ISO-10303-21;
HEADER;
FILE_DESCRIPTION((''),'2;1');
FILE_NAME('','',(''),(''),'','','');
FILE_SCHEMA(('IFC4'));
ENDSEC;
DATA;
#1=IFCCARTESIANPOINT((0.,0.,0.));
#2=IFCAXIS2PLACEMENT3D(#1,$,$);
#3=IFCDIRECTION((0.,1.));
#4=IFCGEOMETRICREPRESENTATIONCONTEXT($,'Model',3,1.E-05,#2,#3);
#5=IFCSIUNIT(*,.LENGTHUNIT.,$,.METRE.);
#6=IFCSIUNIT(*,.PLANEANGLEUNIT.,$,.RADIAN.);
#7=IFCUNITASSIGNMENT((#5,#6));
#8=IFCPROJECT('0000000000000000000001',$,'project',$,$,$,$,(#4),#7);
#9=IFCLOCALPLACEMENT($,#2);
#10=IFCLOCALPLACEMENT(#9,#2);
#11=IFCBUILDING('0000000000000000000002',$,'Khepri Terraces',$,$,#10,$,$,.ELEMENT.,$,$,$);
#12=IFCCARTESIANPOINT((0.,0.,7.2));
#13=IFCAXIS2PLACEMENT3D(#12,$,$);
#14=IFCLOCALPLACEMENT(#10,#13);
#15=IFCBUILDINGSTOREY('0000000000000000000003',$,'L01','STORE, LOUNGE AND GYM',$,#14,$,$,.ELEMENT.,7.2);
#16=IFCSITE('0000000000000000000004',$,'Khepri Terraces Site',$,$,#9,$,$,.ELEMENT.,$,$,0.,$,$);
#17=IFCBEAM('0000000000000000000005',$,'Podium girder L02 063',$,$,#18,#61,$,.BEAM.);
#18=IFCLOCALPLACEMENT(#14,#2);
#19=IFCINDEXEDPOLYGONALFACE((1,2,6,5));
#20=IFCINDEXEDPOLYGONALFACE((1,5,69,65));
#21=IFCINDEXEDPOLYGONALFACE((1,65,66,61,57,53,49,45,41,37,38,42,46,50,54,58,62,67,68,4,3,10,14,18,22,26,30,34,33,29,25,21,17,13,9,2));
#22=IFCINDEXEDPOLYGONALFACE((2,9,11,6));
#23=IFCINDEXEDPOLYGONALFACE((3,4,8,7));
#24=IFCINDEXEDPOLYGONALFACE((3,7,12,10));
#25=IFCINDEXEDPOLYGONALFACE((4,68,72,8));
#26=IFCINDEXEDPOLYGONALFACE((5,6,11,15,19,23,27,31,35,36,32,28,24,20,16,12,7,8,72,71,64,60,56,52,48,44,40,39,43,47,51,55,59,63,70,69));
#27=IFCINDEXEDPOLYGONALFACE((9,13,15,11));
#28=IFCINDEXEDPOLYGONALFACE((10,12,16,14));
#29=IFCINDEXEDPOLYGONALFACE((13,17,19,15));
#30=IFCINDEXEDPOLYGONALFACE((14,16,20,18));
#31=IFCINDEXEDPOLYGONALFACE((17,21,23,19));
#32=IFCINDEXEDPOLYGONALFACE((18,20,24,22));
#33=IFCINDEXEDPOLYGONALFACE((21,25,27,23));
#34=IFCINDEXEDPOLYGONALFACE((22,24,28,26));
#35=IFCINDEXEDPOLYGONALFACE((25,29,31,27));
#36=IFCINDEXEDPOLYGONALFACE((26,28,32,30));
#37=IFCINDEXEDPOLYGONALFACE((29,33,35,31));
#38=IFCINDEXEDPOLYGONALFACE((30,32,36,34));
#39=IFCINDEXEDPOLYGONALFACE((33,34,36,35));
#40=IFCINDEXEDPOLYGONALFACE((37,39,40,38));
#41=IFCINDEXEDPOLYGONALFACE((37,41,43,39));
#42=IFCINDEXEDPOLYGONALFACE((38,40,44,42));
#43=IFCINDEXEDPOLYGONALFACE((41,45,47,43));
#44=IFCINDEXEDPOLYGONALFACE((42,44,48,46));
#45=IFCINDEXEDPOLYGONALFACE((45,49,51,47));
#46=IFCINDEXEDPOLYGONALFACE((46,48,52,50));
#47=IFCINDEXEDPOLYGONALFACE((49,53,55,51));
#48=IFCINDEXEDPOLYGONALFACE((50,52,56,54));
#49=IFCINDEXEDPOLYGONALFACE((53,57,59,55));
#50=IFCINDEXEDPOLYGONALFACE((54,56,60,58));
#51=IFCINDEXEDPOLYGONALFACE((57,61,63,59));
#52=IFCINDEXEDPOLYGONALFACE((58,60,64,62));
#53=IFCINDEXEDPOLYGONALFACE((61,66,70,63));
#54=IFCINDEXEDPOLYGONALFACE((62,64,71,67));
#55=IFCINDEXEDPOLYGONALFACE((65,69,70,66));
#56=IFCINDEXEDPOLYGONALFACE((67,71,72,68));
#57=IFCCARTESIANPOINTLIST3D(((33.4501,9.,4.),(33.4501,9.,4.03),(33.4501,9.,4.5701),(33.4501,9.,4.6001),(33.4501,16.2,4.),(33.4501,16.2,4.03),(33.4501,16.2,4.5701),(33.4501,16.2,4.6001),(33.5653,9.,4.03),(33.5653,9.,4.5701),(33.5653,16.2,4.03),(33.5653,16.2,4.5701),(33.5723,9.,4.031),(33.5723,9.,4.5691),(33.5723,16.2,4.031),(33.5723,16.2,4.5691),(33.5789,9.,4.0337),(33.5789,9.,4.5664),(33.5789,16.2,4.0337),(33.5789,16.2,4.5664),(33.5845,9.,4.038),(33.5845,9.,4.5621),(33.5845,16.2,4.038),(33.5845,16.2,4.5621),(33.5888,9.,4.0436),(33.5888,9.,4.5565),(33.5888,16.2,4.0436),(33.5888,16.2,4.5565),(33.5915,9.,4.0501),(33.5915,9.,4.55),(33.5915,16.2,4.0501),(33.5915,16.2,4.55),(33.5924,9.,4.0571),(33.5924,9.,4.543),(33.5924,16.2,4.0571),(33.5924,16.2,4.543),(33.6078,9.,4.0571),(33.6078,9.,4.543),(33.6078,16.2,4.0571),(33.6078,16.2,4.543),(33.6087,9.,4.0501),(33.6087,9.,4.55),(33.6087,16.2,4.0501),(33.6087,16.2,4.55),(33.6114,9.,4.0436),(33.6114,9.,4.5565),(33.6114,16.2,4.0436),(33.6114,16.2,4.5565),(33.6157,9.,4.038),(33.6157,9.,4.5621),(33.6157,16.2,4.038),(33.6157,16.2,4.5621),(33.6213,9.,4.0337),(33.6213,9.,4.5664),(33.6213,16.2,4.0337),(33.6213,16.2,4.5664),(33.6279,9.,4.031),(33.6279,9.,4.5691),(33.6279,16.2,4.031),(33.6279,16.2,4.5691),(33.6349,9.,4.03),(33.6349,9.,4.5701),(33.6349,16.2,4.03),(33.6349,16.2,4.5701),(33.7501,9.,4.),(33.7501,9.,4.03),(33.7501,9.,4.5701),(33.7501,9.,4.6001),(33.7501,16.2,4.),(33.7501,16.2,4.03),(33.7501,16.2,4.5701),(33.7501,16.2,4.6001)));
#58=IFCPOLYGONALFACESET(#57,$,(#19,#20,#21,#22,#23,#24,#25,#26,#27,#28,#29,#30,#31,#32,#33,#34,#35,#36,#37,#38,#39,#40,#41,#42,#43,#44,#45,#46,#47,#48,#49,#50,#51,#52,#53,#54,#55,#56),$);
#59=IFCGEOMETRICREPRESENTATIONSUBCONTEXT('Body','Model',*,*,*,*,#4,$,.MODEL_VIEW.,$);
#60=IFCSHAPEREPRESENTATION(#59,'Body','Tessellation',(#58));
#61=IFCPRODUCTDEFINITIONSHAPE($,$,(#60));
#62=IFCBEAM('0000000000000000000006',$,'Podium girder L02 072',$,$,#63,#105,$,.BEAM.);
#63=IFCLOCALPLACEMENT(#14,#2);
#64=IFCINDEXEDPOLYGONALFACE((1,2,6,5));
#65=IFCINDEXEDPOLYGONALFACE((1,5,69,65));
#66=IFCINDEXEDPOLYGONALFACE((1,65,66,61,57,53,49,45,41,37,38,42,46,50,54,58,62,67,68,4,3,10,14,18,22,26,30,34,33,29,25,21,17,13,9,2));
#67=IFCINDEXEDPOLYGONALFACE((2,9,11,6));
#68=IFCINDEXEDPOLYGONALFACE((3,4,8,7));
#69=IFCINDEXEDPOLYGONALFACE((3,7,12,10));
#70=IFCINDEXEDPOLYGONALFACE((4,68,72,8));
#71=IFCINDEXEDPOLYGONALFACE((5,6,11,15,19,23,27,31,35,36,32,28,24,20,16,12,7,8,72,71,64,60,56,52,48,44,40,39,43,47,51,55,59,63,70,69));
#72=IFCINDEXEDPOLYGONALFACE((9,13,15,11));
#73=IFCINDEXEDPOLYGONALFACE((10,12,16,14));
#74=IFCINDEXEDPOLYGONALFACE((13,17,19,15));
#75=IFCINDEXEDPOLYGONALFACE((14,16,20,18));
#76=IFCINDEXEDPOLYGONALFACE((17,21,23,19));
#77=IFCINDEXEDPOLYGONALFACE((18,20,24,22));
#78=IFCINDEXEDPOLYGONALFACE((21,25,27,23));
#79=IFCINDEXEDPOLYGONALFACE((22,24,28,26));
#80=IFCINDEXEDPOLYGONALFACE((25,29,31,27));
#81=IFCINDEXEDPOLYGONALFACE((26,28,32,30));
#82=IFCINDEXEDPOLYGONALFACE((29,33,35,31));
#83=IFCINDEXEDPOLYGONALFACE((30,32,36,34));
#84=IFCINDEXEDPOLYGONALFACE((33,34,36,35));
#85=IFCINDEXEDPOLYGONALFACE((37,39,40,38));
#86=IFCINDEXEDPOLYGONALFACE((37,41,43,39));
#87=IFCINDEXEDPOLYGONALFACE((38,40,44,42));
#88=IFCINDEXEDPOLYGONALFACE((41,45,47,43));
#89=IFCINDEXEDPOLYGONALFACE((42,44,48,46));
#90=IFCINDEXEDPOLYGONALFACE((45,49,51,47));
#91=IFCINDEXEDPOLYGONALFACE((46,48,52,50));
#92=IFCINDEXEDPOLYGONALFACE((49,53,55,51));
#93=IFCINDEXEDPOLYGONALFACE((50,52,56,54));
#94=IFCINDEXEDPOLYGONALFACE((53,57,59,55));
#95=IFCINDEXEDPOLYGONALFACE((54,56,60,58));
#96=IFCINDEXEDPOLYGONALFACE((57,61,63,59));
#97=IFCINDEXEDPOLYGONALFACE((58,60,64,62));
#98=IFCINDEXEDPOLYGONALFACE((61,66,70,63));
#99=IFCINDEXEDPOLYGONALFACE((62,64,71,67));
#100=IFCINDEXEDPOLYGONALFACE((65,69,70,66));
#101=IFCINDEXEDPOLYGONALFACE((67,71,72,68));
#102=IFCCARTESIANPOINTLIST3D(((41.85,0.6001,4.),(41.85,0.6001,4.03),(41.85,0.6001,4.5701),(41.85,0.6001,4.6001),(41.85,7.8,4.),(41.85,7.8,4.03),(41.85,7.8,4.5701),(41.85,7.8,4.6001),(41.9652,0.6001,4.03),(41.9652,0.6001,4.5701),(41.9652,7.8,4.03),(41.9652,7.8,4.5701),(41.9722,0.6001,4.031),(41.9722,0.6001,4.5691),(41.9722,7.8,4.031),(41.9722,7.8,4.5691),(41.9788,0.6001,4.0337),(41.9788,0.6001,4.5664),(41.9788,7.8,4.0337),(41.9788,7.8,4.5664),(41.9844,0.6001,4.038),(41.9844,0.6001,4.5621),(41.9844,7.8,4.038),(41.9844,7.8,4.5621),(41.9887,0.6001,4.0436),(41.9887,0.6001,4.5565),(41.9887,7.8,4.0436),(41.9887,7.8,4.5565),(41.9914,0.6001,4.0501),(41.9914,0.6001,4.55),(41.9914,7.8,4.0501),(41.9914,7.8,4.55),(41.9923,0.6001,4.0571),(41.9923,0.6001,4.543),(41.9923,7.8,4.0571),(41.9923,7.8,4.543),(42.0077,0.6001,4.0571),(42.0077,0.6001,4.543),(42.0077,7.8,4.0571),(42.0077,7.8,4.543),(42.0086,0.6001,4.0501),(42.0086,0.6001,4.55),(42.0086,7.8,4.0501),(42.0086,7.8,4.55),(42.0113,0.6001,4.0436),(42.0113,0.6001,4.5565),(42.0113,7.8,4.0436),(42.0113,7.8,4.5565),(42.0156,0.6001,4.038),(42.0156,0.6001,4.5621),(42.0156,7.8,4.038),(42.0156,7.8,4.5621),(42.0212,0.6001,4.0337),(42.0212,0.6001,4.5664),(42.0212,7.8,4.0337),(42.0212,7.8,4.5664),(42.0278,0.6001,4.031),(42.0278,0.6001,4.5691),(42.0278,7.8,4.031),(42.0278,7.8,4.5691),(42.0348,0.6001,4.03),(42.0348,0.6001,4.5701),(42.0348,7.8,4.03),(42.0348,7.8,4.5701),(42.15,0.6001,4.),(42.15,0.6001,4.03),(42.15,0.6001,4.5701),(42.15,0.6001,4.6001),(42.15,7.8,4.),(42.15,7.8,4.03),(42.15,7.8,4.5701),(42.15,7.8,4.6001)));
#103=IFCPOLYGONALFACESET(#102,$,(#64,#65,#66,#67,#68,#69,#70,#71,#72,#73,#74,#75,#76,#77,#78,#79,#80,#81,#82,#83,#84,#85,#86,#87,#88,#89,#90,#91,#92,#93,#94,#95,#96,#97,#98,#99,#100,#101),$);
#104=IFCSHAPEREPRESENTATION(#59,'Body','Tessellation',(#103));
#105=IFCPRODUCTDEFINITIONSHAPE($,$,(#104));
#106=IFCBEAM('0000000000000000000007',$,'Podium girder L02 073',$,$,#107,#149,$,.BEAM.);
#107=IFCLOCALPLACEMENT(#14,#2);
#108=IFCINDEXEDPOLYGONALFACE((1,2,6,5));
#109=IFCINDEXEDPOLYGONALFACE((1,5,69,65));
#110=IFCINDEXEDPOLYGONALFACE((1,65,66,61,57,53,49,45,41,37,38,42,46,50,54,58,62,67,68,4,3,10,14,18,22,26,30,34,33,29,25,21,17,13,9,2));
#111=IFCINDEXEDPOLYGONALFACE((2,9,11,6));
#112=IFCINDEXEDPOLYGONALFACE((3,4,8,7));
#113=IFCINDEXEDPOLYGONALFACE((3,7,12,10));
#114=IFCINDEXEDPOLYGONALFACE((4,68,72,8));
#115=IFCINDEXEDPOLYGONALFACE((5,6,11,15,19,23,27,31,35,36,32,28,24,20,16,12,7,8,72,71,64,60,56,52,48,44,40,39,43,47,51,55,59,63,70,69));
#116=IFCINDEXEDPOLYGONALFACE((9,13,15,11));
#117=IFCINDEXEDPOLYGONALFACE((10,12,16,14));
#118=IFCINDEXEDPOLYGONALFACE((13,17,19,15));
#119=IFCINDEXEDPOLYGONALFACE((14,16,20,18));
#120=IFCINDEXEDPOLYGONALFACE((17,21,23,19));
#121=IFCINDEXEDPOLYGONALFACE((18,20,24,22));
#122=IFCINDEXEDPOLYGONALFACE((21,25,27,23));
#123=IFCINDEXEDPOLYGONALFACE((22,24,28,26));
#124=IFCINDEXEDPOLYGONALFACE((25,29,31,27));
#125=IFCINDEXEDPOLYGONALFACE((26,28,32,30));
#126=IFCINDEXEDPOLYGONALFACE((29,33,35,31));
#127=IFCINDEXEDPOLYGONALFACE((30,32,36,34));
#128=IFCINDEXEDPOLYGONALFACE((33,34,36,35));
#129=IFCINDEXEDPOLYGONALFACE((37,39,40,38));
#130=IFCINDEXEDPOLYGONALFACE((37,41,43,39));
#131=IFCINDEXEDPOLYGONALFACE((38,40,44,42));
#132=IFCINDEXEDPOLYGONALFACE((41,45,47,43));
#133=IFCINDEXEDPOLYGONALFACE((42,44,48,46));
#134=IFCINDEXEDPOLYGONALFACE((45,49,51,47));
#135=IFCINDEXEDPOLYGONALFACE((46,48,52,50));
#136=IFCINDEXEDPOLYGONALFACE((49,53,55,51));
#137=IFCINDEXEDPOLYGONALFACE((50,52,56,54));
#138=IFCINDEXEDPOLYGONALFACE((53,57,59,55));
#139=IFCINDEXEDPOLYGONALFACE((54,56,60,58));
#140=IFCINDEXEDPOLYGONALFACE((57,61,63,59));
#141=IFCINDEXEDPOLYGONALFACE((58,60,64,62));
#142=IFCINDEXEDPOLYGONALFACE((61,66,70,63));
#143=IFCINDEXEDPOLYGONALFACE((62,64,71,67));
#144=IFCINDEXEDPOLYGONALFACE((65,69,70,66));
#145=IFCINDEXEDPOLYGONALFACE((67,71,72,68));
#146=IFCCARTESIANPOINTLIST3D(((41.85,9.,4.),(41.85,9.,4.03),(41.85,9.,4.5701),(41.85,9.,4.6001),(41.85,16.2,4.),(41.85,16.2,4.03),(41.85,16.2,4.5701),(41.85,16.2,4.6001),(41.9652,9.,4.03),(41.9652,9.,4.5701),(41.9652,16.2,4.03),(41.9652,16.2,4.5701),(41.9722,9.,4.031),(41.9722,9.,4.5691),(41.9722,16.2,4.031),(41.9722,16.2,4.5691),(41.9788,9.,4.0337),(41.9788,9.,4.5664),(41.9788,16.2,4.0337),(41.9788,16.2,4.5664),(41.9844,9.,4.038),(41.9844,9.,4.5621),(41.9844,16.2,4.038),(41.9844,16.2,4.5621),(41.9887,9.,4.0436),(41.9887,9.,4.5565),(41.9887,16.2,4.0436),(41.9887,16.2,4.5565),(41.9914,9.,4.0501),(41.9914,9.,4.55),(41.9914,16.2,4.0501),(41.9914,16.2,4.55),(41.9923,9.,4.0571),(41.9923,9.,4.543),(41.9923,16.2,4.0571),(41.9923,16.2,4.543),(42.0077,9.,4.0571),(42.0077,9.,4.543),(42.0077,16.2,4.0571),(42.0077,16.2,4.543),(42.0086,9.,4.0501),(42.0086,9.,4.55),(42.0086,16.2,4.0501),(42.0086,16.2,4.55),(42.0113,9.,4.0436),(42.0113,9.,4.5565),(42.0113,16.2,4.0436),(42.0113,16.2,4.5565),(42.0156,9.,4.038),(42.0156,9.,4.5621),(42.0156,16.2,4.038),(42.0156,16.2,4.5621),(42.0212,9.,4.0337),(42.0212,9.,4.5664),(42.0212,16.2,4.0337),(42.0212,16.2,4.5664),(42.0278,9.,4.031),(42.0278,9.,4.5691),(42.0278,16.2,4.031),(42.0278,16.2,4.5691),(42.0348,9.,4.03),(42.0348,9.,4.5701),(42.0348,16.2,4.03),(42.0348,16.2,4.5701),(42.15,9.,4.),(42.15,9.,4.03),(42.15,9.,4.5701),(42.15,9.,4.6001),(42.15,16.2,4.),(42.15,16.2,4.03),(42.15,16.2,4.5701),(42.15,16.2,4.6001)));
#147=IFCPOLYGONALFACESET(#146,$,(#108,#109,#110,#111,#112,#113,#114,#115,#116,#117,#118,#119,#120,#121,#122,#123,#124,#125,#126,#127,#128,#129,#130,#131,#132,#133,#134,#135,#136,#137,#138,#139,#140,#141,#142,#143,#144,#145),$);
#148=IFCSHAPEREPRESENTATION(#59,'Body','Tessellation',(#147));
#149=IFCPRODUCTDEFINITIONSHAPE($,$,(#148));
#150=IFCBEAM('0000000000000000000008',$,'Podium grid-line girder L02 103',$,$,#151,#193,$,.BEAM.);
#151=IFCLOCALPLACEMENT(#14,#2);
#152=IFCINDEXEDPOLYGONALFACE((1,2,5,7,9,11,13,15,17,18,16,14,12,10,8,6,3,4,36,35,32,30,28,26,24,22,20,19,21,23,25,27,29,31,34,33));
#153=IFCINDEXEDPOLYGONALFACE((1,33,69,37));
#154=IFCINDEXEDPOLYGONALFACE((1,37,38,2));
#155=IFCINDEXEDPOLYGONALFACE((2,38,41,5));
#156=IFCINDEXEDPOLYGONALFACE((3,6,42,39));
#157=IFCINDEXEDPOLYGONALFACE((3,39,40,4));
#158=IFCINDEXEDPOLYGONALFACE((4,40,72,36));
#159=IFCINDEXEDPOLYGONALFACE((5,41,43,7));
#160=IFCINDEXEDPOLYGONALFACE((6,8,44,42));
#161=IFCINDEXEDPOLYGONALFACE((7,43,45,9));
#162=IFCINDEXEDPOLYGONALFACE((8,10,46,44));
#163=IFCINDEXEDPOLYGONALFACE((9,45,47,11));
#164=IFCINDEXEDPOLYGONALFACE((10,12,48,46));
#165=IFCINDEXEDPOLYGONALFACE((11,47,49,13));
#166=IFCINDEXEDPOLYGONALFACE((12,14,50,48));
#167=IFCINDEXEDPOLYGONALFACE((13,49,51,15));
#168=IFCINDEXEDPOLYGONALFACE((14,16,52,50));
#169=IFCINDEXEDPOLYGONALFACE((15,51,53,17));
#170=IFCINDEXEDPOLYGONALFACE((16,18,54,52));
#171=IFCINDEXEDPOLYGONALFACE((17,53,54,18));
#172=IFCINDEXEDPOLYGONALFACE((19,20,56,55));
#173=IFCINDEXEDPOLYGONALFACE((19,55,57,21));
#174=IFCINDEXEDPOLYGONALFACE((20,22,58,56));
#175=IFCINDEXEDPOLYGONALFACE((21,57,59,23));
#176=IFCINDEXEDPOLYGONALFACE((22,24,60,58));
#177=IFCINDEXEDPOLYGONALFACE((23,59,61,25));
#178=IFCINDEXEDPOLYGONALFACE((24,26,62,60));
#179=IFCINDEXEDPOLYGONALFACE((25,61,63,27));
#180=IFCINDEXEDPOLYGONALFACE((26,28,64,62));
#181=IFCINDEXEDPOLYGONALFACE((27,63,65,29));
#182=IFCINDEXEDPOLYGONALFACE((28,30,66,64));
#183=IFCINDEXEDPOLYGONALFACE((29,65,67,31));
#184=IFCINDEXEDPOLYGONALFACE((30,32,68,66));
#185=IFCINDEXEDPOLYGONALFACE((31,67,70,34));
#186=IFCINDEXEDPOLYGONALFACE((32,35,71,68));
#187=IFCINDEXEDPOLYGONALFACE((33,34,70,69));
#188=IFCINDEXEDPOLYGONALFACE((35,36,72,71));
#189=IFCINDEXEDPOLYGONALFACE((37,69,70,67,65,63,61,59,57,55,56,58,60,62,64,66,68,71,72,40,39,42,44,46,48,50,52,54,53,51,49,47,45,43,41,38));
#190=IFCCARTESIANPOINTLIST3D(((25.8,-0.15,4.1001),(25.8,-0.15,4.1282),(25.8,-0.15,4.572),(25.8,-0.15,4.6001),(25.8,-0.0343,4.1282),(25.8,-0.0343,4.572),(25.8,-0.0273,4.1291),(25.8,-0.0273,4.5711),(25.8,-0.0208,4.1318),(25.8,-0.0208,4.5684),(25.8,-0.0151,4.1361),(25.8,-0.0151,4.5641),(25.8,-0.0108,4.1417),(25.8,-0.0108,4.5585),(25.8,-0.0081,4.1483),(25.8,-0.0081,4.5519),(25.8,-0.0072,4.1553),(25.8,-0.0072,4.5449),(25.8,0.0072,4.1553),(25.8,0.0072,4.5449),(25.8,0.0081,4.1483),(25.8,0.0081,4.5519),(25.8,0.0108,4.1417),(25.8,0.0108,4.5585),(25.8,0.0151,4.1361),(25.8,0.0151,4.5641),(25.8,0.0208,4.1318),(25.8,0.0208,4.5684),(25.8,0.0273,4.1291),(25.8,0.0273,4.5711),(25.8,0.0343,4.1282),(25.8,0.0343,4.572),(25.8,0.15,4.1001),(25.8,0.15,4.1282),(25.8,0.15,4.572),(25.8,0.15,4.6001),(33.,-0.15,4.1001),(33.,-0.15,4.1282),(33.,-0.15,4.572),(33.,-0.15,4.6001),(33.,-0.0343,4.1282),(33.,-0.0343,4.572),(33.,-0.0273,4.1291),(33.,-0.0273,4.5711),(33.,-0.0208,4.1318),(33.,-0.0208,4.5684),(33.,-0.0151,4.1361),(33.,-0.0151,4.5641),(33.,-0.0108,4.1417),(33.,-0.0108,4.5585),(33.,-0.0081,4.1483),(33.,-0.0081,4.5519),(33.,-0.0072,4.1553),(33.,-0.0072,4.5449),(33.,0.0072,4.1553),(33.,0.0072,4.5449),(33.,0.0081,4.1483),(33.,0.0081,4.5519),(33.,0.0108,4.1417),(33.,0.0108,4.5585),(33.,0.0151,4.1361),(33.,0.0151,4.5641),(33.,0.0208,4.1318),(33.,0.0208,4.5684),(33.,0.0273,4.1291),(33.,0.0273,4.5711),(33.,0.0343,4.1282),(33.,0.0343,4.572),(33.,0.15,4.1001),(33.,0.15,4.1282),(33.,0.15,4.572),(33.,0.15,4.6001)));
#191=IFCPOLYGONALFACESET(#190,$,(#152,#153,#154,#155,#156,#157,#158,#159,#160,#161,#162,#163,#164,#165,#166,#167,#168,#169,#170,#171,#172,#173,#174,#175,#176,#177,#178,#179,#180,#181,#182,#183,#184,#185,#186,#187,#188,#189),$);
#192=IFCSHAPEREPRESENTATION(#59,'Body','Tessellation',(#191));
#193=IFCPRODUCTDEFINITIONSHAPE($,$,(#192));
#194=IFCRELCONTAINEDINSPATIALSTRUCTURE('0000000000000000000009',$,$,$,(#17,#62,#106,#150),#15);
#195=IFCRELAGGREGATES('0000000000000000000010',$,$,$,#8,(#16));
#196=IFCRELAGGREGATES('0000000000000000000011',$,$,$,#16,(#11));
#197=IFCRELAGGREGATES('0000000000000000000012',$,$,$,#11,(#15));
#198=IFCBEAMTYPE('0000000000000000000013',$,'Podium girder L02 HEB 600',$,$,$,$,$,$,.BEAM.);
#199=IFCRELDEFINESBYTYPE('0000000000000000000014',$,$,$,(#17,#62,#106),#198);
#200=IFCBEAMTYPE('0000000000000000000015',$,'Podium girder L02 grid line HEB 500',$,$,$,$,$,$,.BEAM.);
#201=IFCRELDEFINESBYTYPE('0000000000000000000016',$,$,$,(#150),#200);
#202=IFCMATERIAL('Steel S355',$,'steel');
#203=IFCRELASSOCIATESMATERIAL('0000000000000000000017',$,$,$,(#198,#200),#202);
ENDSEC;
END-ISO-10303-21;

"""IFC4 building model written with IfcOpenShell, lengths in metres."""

from ifc_helpers import new_model, si_unit, direction, frame, origin, origin_2d, place, context, subcontext, project, spatial, i_section, extrude, material, material_profile, profile_set, type_object, element, save


model = new_model("IFC4")

# Units and contexts
model_context = context("Model", 3, precision=1e-05, world=origin(), true_north=direction((0.0, 1.0)))
body_context = subcontext(model_context, "Body", "Model", "MODEL_VIEW")
ifc_project = project(units=[si_unit("LENGTHUNIT", "METRE"), si_unit("PLANEANGLEUNIT", "RADIAN")], contexts=[model_context])

# Site, building, storey
site_placement = place(None, origin())
site = spatial("IfcSite", under=ifc_project, at=site_placement, Name="Khepri Terraces Site", CompositionType="ELEMENT", RefElevation=0.0)
building_placement = place(site_placement, origin())
building = spatial("IfcBuilding", under=site, at=building_placement, Name="Khepri Terraces", CompositionType="ELEMENT")
storey_placement = place(building_placement, frame((0.0, 0.0, 7.2)))
storey = spatial("IfcBuildingStorey", under=building, at=storey_placement, Name="L01", Description="STORE, LOUNGE AND GYM", CompositionType="ELEMENT", Elevation=7.2)

# Beams
ifc_material_1 = material(Name="Steel S355", Category="steel")
ifc_material_profile_1 = material_profile(ifc_material_1, i_section(OverallWidth=0.3, OverallDepth=0.6001, WebThickness=0.0154, FlangeThickness=0.03, FilletRadius=0.0271, at=origin_2d()), Name="Steel S355", Category="steel")
ifc_profile_set_1 = profile_set([ifc_material_profile_1], Name="Steel S355")
beam_type_1 = type_object("IfcBeamType", Name="Podium girder L02 HEB 600", PredefinedType="BEAM", material=ifc_profile_set_1)
for number, where, z_axis, x_axis, name in (
    (1, (33.6001, 9.0, 4.3), (0.0, 1.0, 0.0), (-1.0, 0.0, 0.0), "Podium girder L02 063"),
    (2, (42.0, 0.6001, 4.3), (0.0, 1.0, 0.0), (-1.0, 0.0, 0.0), "Podium girder L02 072"),
    (3, (42.0, 9.0, 4.3), (0.0, 1.0, 0.0), (-1.0, 0.0, 0.0), "Podium girder L02 073"),
):
    element("IfcBeam", number, at=place(storey_placement, frame(where, z_axis=z_axis, x_axis=x_axis)), inside=storey, type_object=beam_type_1, Name=name, PredefinedType="BEAM", context=body_context, shape_type="SweptSolid", body=[
        extrude(i_section(OverallWidth=0.3, OverallDepth=0.6001, WebThickness=0.0154, FlangeThickness=0.03, FilletRadius=0.0271, at=origin_2d()), origin(), (0.0, 0.0, 1.0), 7.2),
    ])
ifc_material_profile_2 = material_profile(ifc_material_1, i_section(OverallWidth=0.3, OverallDepth=0.5, WebThickness=0.0144, FlangeThickness=0.0281, FilletRadius=0.0271, at=origin_2d()), Name="Steel S355", Category="steel")
ifc_profile_set_2 = profile_set([ifc_material_profile_2], Name="Steel S355")
beam_type_2 = type_object("IfcBeamType", Name="Podium girder L02 grid line HEB 500", PredefinedType="BEAM", material=ifc_profile_set_2)
for number, where, z_axis, x_axis, name in (
    (4, (25.8, 0.0, 4.3501), (1.0, 0.0, 0.0), (0.0, 1.0, 0.0), "Podium grid-line girder L02 103"),
):
    element("IfcBeam", number, at=place(storey_placement, frame(where, z_axis=z_axis, x_axis=x_axis)), inside=storey, type_object=beam_type_2, Name=name, PredefinedType="BEAM", context=body_context, shape_type="SweptSolid", body=[
        extrude(i_section(OverallWidth=0.3, OverallDepth=0.5, WebThickness=0.0144, FlangeThickness=0.0281, FilletRadius=0.0271, at=origin_2d()), origin(), (0.0, 0.0, 1.0), 7.2),
    ])

save(model, "model.ifc")
